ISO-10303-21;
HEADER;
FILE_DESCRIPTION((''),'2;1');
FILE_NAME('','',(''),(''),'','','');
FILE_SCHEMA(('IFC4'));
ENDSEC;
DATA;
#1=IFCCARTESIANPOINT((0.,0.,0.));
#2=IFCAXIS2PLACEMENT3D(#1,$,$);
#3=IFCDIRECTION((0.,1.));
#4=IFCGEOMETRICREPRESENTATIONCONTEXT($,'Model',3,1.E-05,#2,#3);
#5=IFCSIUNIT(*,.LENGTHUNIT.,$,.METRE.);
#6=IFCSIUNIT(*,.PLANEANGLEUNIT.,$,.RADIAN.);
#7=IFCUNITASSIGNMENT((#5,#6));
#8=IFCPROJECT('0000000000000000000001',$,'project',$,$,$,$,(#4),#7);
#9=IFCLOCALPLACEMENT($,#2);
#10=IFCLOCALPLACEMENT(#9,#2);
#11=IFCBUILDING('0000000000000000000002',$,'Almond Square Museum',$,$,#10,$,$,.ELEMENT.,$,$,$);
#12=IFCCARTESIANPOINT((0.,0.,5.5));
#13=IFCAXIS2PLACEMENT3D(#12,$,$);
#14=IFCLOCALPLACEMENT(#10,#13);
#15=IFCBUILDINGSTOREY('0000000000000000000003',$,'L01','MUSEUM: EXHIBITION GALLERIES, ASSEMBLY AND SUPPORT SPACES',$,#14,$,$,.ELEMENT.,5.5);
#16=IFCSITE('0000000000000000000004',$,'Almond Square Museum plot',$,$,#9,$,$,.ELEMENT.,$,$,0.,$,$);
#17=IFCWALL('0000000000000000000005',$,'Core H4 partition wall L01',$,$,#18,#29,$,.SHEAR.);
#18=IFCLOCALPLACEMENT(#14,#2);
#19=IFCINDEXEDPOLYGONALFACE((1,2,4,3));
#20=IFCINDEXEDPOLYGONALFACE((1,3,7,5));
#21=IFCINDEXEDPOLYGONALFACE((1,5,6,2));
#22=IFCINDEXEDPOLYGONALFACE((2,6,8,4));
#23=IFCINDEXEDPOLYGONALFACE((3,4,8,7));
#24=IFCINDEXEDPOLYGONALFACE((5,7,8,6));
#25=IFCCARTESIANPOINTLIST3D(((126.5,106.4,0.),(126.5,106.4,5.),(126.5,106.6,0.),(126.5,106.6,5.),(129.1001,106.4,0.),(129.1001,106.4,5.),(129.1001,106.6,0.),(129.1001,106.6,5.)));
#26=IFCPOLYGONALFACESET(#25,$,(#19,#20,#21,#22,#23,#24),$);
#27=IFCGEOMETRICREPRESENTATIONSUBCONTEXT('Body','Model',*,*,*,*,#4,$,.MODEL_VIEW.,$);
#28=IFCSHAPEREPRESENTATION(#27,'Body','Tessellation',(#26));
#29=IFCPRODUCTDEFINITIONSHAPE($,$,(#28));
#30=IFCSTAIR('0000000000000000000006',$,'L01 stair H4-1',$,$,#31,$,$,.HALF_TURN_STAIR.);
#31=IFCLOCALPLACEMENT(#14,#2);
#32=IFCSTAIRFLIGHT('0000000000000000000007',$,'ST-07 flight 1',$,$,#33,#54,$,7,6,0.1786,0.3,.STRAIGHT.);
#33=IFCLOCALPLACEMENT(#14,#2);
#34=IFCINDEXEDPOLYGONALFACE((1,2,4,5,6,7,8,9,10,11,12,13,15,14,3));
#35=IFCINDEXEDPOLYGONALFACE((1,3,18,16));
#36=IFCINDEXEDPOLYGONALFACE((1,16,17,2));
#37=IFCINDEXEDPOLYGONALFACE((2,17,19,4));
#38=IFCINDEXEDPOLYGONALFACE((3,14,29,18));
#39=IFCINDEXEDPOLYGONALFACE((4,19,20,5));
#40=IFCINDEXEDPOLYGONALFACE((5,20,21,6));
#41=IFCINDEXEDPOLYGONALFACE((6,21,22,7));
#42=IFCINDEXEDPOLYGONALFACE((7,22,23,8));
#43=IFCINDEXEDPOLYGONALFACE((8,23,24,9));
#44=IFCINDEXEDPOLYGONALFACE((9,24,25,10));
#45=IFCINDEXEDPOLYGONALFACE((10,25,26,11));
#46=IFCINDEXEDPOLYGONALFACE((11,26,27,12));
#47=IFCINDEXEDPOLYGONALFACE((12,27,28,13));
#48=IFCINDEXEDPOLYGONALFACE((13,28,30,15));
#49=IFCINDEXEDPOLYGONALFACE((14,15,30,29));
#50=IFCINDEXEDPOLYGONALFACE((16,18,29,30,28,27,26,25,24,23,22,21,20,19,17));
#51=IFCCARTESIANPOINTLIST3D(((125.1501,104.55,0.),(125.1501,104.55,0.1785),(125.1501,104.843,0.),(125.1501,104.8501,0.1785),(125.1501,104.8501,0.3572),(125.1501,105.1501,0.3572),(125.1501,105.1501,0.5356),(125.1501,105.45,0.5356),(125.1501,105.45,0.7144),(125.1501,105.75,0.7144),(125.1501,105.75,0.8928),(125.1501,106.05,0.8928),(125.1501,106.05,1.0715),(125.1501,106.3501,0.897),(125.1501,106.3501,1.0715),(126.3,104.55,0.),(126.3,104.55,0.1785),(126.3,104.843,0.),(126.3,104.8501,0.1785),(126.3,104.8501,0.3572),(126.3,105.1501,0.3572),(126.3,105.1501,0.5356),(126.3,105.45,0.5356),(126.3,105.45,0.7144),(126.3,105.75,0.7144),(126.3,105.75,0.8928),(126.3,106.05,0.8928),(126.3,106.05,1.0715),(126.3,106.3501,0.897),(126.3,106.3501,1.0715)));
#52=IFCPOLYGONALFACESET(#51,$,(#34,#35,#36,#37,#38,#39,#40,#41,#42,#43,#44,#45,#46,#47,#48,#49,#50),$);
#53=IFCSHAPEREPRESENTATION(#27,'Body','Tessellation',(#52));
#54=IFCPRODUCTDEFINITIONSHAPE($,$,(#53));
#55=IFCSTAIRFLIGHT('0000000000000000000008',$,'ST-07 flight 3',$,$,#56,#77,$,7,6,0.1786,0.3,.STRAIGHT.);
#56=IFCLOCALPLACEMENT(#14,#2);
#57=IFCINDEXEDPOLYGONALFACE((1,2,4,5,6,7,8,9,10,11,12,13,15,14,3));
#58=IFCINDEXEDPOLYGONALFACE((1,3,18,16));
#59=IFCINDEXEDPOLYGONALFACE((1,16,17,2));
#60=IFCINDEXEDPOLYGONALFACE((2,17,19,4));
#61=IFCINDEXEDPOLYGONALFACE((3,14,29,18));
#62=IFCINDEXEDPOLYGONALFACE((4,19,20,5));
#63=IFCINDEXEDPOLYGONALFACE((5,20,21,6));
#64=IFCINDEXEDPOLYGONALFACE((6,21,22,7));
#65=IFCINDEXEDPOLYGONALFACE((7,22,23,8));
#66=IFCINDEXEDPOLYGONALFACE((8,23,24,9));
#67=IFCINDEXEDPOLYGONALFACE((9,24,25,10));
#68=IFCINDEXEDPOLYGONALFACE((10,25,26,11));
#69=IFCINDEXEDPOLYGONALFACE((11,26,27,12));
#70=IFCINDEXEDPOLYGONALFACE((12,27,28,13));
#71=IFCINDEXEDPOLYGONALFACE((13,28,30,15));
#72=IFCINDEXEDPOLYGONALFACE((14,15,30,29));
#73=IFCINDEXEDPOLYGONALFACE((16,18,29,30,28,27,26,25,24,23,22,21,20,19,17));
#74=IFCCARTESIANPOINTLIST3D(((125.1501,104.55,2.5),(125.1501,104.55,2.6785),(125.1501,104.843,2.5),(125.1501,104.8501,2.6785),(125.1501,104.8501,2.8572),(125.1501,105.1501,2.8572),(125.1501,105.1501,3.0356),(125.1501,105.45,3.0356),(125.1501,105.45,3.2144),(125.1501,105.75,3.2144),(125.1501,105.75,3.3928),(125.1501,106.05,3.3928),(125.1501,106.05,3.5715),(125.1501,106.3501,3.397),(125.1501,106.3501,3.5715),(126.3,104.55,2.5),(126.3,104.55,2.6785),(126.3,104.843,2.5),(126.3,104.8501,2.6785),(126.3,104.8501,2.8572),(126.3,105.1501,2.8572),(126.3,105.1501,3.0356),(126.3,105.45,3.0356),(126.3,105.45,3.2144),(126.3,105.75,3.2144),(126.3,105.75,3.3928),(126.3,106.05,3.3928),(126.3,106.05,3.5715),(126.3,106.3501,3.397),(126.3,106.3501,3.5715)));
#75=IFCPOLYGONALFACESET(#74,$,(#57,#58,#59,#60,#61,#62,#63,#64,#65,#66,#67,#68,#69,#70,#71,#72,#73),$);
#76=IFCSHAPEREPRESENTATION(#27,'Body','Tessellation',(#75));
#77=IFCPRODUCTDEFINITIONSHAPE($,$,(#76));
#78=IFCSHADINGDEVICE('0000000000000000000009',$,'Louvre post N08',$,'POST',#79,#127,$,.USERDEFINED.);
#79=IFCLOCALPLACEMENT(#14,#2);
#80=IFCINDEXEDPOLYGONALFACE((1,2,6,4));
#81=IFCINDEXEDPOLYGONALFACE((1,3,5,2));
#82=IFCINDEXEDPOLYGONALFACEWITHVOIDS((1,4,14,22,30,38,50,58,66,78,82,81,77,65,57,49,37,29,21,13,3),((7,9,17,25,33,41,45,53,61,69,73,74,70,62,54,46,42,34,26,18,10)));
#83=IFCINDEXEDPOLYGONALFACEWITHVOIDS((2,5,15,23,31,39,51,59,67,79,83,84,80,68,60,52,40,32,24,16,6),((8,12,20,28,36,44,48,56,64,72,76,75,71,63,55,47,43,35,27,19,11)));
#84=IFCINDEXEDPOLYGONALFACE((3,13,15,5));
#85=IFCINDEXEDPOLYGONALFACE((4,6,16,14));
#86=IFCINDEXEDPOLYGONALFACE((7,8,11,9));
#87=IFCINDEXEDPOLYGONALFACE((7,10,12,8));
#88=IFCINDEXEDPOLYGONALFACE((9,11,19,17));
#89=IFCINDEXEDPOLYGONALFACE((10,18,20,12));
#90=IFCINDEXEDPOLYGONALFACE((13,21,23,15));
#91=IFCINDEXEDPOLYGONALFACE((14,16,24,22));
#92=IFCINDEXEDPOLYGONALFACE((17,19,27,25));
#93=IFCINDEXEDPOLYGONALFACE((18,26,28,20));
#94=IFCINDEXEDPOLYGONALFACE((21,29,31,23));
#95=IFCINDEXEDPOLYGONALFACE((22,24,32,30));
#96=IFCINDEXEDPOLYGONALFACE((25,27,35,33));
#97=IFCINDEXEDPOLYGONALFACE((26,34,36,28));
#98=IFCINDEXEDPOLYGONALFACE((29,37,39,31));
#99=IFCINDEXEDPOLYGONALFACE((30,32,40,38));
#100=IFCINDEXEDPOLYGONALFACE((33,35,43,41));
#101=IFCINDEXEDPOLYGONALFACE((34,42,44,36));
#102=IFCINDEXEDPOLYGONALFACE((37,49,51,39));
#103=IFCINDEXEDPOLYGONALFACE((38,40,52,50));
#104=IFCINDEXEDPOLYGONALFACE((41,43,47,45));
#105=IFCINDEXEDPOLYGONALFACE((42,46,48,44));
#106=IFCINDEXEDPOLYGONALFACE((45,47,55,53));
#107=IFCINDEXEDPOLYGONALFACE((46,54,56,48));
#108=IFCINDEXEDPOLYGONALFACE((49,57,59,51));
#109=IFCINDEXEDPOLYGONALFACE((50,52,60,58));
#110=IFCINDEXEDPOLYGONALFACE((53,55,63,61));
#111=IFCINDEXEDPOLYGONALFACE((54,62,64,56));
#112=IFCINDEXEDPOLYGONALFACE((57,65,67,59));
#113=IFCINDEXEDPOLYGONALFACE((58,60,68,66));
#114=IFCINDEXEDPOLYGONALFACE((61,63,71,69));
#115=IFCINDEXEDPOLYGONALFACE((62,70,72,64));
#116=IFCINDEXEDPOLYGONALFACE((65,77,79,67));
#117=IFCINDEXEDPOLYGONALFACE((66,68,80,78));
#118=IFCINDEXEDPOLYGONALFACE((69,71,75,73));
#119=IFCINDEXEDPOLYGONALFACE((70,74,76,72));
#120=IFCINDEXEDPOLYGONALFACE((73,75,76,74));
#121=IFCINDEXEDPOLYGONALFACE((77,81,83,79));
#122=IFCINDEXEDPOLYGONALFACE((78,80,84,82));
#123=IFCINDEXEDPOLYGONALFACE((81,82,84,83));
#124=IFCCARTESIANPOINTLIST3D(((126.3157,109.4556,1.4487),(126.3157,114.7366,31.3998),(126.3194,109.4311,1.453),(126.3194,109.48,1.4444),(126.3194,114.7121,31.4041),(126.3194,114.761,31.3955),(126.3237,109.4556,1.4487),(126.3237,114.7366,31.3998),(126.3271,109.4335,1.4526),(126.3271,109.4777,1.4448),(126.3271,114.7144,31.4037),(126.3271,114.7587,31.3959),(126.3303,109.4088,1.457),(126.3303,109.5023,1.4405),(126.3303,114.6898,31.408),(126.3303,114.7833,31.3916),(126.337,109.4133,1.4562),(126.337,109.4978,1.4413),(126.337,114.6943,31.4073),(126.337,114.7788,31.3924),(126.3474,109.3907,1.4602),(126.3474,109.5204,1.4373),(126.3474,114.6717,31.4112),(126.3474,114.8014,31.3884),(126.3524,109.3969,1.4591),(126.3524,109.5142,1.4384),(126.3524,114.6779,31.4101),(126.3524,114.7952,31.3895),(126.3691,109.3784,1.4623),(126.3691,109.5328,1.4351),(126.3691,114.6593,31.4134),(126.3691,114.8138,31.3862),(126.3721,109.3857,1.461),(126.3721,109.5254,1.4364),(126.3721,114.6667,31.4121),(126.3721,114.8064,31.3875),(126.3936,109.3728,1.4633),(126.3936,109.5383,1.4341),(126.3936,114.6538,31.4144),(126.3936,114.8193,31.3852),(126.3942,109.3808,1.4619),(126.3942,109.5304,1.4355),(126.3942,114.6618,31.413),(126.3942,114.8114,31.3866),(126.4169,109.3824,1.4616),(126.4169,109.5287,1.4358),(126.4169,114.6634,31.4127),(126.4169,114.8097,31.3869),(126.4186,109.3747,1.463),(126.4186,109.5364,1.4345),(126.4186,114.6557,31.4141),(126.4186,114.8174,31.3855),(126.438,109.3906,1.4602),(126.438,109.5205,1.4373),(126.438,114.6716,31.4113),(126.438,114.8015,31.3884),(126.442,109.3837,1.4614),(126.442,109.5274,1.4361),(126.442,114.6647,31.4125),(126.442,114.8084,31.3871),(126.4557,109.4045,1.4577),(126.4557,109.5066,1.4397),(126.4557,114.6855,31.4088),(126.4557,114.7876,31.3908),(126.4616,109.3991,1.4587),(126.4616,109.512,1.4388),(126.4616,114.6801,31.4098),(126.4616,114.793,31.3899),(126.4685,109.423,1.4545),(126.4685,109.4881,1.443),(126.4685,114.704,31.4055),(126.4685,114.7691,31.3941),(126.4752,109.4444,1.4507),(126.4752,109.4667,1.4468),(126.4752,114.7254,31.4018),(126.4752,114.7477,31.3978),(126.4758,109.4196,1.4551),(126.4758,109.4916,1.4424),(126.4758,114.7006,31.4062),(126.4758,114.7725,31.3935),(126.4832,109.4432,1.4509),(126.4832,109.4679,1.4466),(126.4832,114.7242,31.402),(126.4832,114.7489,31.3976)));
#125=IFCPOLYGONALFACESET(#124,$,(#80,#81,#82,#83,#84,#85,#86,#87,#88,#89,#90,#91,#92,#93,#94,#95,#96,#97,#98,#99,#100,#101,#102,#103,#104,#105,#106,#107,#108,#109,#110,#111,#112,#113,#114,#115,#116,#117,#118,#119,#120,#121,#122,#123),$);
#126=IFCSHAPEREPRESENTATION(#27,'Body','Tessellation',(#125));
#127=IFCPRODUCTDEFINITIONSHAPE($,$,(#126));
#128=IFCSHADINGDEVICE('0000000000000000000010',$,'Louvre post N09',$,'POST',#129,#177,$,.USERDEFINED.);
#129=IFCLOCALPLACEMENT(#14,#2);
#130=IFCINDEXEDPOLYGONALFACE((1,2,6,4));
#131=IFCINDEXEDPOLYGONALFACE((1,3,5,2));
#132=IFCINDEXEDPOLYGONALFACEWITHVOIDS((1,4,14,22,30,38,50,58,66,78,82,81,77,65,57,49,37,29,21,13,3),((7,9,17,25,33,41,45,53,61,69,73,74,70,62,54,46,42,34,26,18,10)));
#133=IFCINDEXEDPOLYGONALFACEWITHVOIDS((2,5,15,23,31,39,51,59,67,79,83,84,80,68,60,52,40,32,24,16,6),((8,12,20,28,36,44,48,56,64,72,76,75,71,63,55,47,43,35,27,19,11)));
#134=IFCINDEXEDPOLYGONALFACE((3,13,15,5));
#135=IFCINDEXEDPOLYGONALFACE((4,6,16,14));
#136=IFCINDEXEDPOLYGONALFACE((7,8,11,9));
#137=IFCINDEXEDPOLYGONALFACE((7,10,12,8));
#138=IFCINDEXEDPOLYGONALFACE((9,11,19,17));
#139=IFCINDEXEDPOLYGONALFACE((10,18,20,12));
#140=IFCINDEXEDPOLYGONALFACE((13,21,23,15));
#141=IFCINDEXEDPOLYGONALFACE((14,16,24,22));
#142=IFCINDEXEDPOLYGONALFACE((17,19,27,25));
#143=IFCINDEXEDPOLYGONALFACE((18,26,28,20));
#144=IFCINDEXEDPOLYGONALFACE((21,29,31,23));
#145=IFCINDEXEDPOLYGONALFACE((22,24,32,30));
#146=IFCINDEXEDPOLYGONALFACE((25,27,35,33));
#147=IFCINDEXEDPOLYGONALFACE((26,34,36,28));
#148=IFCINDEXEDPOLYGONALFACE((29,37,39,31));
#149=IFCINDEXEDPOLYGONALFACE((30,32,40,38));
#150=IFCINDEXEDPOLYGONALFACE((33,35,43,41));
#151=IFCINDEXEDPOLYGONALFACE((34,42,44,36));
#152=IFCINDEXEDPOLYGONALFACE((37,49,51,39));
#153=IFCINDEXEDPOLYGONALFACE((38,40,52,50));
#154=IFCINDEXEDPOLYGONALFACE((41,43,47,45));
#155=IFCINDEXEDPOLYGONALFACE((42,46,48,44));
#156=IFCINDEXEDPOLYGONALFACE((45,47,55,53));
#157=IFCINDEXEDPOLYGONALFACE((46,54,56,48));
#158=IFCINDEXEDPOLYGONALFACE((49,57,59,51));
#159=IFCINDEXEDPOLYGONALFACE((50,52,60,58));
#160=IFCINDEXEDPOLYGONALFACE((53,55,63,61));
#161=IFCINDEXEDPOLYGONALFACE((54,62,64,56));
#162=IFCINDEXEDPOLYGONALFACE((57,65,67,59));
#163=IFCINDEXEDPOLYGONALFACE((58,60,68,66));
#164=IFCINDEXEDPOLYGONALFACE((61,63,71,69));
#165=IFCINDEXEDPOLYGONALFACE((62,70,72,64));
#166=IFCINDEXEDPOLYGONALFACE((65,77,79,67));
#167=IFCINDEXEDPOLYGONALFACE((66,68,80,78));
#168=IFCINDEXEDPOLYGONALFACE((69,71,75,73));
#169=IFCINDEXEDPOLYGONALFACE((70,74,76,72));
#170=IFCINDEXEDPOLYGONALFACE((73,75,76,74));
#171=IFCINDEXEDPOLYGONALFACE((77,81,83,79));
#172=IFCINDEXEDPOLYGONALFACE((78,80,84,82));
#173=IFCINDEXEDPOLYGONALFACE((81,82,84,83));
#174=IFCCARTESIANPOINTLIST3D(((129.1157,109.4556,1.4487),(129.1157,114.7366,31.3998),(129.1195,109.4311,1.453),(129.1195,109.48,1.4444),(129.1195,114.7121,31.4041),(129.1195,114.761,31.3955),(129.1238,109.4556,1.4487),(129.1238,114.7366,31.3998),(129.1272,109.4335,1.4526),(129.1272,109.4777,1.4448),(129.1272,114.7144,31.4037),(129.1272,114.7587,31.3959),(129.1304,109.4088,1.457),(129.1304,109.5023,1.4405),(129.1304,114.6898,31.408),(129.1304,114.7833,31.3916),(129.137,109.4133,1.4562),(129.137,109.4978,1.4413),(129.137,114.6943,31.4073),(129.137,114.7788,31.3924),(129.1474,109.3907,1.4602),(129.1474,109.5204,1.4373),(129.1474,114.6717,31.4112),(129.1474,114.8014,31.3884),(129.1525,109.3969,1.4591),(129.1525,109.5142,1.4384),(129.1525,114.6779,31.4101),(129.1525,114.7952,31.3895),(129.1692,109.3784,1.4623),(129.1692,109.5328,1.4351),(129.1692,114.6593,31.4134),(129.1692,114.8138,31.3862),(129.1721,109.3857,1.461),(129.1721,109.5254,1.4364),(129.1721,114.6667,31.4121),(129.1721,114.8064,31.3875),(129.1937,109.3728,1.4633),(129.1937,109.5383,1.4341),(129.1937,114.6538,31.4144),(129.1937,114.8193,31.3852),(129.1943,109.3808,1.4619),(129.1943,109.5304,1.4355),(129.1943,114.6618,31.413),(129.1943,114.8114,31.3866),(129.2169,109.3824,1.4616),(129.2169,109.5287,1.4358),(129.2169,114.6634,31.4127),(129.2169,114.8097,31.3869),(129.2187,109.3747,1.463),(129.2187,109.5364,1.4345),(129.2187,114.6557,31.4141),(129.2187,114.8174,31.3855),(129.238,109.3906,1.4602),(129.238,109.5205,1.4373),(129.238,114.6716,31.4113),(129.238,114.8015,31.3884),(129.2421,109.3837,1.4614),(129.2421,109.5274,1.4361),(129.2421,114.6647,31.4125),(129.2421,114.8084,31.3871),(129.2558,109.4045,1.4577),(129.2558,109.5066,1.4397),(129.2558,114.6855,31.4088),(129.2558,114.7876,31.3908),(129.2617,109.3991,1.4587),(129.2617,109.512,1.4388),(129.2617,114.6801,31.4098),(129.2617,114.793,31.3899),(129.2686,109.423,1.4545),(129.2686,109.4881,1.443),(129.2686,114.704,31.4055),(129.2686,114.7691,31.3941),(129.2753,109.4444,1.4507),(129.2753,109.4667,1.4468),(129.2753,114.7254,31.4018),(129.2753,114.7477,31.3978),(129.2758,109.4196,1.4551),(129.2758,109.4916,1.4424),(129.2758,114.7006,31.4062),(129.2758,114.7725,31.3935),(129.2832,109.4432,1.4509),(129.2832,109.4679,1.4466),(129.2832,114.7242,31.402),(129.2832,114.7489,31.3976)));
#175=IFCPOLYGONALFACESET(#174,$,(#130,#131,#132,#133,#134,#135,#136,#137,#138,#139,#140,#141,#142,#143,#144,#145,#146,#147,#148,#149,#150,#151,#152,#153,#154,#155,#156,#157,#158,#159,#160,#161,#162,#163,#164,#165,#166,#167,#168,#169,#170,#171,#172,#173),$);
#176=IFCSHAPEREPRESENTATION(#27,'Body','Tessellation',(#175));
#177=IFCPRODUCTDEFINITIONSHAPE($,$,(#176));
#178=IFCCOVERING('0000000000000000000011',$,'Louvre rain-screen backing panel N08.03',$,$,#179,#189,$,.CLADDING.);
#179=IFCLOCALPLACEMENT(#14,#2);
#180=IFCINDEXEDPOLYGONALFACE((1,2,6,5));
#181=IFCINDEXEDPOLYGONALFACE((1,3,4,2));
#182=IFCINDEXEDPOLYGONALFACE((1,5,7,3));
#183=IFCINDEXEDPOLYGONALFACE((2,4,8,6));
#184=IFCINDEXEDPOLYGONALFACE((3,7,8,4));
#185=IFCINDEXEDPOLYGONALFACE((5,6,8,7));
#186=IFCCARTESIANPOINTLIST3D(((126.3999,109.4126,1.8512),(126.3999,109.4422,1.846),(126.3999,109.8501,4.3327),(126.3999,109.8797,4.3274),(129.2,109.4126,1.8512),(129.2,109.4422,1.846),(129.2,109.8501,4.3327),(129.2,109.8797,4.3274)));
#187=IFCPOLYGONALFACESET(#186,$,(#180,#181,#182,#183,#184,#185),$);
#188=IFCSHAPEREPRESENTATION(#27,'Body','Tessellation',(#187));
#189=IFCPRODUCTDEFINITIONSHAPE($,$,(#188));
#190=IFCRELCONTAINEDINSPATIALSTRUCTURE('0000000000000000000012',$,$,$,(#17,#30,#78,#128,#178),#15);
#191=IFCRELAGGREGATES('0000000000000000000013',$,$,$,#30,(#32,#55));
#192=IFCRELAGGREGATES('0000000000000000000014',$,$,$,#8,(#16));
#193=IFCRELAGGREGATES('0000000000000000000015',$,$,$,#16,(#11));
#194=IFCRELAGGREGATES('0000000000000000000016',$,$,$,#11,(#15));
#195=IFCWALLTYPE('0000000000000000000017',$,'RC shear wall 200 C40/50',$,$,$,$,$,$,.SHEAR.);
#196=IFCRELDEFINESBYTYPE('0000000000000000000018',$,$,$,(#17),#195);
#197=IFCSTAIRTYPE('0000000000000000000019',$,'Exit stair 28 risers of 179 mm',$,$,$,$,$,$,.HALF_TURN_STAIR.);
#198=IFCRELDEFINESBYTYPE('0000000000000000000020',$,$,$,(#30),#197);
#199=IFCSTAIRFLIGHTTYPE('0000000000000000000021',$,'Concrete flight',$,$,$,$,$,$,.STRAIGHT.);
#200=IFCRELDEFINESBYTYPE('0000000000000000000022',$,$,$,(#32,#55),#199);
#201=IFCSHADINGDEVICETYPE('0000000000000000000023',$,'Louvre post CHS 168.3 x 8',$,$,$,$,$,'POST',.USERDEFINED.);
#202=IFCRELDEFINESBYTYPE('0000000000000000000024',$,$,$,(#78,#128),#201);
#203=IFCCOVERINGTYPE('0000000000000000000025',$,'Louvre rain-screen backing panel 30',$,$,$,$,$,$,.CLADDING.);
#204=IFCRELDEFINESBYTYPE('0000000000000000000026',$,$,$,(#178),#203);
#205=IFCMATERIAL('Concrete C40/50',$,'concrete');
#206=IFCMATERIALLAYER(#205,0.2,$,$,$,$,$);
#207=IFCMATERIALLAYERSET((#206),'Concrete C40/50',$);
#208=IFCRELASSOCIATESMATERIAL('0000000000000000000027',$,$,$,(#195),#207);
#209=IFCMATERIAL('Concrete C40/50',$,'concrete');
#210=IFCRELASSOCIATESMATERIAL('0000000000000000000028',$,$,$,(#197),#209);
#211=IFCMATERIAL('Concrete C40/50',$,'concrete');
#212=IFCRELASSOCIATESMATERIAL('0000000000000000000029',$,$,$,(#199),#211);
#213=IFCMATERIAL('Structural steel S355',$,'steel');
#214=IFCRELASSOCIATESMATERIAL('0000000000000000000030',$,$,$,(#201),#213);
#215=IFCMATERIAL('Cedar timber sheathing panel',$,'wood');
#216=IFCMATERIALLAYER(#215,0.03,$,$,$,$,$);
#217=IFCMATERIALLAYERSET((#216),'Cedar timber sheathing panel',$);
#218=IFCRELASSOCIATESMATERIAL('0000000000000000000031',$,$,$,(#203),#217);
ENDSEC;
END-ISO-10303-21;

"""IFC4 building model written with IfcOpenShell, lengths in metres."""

from ifc_helpers import new_model, si_unit, direction, frame, frame_2d, origin, origin_2d, place, context, subcontext, project, spatial, polyline, rectangle, hollow_circle, outline, extrude, material, layer, layer_set, material_profile, profile_set, type_object, element, aggregate, save


model = new_model("IFC4")

# Units and contexts
model_context = context("Model", 3, precision=1e-05, world=origin(), true_north=direction((0.0, 1.0)))
body_context = subcontext(model_context, "Body", "Model", "MODEL_VIEW")
ifc_project = project(units=[si_unit("LENGTHUNIT", "METRE"), si_unit("PLANEANGLEUNIT", "RADIAN")], contexts=[model_context])

# Site, building, storey
site_placement = place(None, origin())
site = spatial("IfcSite", under=ifc_project, at=site_placement, Name="Almond Square Museum plot", CompositionType="ELEMENT", RefElevation=0.0)
building_placement = place(site_placement, origin())
building = spatial("IfcBuilding", under=site, at=building_placement, Name="Almond Square Museum", CompositionType="ELEMENT")
storey_placement = place(building_placement, frame((0.0, 0.0, 5.5)))
storey = spatial("IfcBuildingStorey", under=building, at=storey_placement, Name="L01", Description="MUSEUM: EXHIBITION GALLERIES, ASSEMBLY AND SUPPORT SPACES", CompositionType="ELEMENT", Elevation=5.5)

# Wall
ifc_material_1 = material(Name="Concrete C40/50", Category="concrete")
ifc_layer_1 = layer(ifc_material_1, 0.2)
ifc_layer_set_1 = layer_set([ifc_layer_1], Name="Concrete C40/50")
wall_type = type_object("IfcWallType", Name="RC shear wall 200 C40/50", PredefinedType="SHEAR", material=ifc_layer_set_1)
wall_placement = place(storey_placement, frame((126.5, 106.5, 0.0), z_axis=(0.0, 0.0, 1.0), x_axis=(1.0, 0.0, 0.0)))
element("IfcWall", 1, at=wall_placement, inside=storey, type_object=wall_type, Name="Core H4 partition wall L01", PredefinedType="SHEAR", context=body_context, shape_type="SweptSolid", body=[
    extrude(rectangle(XDim=2.6001, YDim=0.2, at=frame_2d((1.3, 0.0))), origin(), (0.0, 0.0, 1.0), 5.0),
])

# Stair, stair flights
ifc_material_2 = material(Name="Concrete C40/50", Category="concrete")
stair_type = type_object("IfcStairType", Name="Exit stair 28 risers of 179 mm", PredefinedType="HALF_TURN_STAIR", material=ifc_material_2)
stair_placement = place(storey_placement, origin())
stair = element("IfcStair", 2, at=stair_placement, inside=storey, type_object=stair_type, Name="L01 stair H4-1", PredefinedType="HALF_TURN_STAIR")
ifc_material_3 = material(Name="Concrete C40/50", Category="concrete")
stair_flight_type = type_object("IfcStairFlightType", Name="Concrete flight", PredefinedType="STRAIGHT", material=ifc_material_3)
stair_flight_1_placement = place(storey_placement, frame((125.7251, 104.55, 0.0), z_axis=(0.0, 0.0, 1.0), x_axis=(0.0, 1.0, 0.0)))
stair_flight_1 = element("IfcStairFlight", 3, at=stair_flight_1_placement, type_object=stair_flight_type, Name="ST-07 flight 1", NumberOfRisers=7, NumberOfTreads=6, PredefinedType="STRAIGHT", RiserHeight=0.1786, TreadLength=0.3, context=body_context, shape_type="SweptSolid", body=[
    extrude(outline(polyline([(0.0, 0.0), (0.0, 0.1785), (0.3, 0.1785), (0.3, 0.3572), (0.6001, 0.3572), (0.6001, 0.5356), (0.8999, 0.5356), (0.8999, 0.7144), (1.2, 0.7144), (1.2, 0.8928), (1.5, 0.8928), (1.5, 1.0715), (1.8, 1.0715), (1.8, 1.25), (1.8, 0.897), (0.293, 0.0), (0.0, 0.0)])), frame((0.0, 0.575, 0.0), z_axis=(0.0, -1.0, 0.0), x_axis=(1.0, 0.0, 0.0)), (0.0, 0.0, 1.0), 1.1499),
])
stair_flight_2_placement = place(storey_placement, frame((125.7251, 104.55, 2.5), z_axis=(0.0, 0.0, 1.0), x_axis=(0.0, 1.0, 0.0)))
stair_flight_2 = element("IfcStairFlight", 4, at=stair_flight_2_placement, type_object=stair_flight_type, Name="ST-07 flight 3", NumberOfRisers=7, NumberOfTreads=6, PredefinedType="STRAIGHT", RiserHeight=0.1786, TreadLength=0.3, context=body_context, shape_type="SweptSolid", body=[
    extrude(outline(polyline([(0.0, 0.0), (0.0, 0.1785), (0.3, 0.1785), (0.3, 0.3572), (0.6001, 0.3572), (0.6001, 0.5356), (0.8999, 0.5356), (0.8999, 0.7144), (1.2, 0.7144), (1.2, 0.8928), (1.5, 0.8928), (1.5, 1.0715), (1.8, 1.0715), (1.8, 1.25), (1.8, 0.897), (0.293, 0.0), (0.0, 0.0)])), frame((0.0, 0.575, 0.0), z_axis=(0.0, -1.0, 0.0), x_axis=(1.0, 0.0, 0.0)), (0.0, 0.0, 1.0), 1.1499),
])
aggregate(stair, [stair_flight_1, stair_flight_2])

# Shading devices
ifc_material_4 = material(Name="Structural steel S355", Category="steel")
ifc_material_profile = material_profile(ifc_material_4, hollow_circle(Radius=0.0842, WallThickness=0.0081, at=origin_2d()))
ifc_profile_set = profile_set([ifc_material_profile], Name="Structural steel S355")
shading_device_type = type_object("IfcShadingDeviceType", Name="Louvre post CHS 168.3 x 8", ElementType="POST", PredefinedType="USERDEFINED", material=ifc_profile_set)
for number, where, z_axis, x_axis, name in (
    (5, (126.3999, 109.4556, 1.4487), (0.0, 0.173642, 0.984809), (-1.0, 0.0, 0.0), "Louvre post N08"),
    (6, (129.2, 109.4556, 1.4487), (0.0, 0.173642, 0.984809), (-1.0, 0.0, 0.0), "Louvre post N09"),
):
    element("IfcShadingDevice", number, at=place(storey_placement, frame(where, z_axis=z_axis, x_axis=x_axis)), inside=storey, type_object=shading_device_type, Name=name, ObjectType="POST", PredefinedType="USERDEFINED", context=body_context, shape_type="SweptSolid", body=[
        extrude(hollow_circle(Radius=0.0842, WallThickness=0.0081, at=origin_2d()), origin(), (0.0, 0.0, 1.0), 30.4131),
    ])

# Covering
ifc_material_5 = material(Name="Cedar timber sheathing panel", Category="wood")
ifc_layer_2 = layer(ifc_material_5, 0.03)
ifc_layer_set_2 = layer_set([ifc_layer_2], Name="Cedar timber sheathing panel")
covering_type_1 = type_object("IfcCoveringType", Name="Louvre rain-screen backing panel 30", PredefinedType="CLADDING", material=ifc_layer_set_2)
covering_1_placement = place(storey_placement, frame((126.3999, 109.4272, 1.8486), z_axis=(0.0, -0.984811, 0.173631), x_axis=(1.0, 0.0, 0.0)))
element("IfcCovering", 7, at=covering_1_placement, inside=storey, type_object=covering_type_1, Name="Louvre rain-screen backing panel N08.03", PredefinedType="CLADDING", context=body_context, shape_type="SweptSolid", body=[
    extrude(outline(polyline([(0.0, 0.0), (2.8, 0.0), (2.8, 2.5197), (0.0, 2.5197), (0.0, 0.0)])), frame((0.0, 0.0, -0.0151)), (0.0, 0.0, 1.0), 0.03),
])

save(model, "model.ifc")
